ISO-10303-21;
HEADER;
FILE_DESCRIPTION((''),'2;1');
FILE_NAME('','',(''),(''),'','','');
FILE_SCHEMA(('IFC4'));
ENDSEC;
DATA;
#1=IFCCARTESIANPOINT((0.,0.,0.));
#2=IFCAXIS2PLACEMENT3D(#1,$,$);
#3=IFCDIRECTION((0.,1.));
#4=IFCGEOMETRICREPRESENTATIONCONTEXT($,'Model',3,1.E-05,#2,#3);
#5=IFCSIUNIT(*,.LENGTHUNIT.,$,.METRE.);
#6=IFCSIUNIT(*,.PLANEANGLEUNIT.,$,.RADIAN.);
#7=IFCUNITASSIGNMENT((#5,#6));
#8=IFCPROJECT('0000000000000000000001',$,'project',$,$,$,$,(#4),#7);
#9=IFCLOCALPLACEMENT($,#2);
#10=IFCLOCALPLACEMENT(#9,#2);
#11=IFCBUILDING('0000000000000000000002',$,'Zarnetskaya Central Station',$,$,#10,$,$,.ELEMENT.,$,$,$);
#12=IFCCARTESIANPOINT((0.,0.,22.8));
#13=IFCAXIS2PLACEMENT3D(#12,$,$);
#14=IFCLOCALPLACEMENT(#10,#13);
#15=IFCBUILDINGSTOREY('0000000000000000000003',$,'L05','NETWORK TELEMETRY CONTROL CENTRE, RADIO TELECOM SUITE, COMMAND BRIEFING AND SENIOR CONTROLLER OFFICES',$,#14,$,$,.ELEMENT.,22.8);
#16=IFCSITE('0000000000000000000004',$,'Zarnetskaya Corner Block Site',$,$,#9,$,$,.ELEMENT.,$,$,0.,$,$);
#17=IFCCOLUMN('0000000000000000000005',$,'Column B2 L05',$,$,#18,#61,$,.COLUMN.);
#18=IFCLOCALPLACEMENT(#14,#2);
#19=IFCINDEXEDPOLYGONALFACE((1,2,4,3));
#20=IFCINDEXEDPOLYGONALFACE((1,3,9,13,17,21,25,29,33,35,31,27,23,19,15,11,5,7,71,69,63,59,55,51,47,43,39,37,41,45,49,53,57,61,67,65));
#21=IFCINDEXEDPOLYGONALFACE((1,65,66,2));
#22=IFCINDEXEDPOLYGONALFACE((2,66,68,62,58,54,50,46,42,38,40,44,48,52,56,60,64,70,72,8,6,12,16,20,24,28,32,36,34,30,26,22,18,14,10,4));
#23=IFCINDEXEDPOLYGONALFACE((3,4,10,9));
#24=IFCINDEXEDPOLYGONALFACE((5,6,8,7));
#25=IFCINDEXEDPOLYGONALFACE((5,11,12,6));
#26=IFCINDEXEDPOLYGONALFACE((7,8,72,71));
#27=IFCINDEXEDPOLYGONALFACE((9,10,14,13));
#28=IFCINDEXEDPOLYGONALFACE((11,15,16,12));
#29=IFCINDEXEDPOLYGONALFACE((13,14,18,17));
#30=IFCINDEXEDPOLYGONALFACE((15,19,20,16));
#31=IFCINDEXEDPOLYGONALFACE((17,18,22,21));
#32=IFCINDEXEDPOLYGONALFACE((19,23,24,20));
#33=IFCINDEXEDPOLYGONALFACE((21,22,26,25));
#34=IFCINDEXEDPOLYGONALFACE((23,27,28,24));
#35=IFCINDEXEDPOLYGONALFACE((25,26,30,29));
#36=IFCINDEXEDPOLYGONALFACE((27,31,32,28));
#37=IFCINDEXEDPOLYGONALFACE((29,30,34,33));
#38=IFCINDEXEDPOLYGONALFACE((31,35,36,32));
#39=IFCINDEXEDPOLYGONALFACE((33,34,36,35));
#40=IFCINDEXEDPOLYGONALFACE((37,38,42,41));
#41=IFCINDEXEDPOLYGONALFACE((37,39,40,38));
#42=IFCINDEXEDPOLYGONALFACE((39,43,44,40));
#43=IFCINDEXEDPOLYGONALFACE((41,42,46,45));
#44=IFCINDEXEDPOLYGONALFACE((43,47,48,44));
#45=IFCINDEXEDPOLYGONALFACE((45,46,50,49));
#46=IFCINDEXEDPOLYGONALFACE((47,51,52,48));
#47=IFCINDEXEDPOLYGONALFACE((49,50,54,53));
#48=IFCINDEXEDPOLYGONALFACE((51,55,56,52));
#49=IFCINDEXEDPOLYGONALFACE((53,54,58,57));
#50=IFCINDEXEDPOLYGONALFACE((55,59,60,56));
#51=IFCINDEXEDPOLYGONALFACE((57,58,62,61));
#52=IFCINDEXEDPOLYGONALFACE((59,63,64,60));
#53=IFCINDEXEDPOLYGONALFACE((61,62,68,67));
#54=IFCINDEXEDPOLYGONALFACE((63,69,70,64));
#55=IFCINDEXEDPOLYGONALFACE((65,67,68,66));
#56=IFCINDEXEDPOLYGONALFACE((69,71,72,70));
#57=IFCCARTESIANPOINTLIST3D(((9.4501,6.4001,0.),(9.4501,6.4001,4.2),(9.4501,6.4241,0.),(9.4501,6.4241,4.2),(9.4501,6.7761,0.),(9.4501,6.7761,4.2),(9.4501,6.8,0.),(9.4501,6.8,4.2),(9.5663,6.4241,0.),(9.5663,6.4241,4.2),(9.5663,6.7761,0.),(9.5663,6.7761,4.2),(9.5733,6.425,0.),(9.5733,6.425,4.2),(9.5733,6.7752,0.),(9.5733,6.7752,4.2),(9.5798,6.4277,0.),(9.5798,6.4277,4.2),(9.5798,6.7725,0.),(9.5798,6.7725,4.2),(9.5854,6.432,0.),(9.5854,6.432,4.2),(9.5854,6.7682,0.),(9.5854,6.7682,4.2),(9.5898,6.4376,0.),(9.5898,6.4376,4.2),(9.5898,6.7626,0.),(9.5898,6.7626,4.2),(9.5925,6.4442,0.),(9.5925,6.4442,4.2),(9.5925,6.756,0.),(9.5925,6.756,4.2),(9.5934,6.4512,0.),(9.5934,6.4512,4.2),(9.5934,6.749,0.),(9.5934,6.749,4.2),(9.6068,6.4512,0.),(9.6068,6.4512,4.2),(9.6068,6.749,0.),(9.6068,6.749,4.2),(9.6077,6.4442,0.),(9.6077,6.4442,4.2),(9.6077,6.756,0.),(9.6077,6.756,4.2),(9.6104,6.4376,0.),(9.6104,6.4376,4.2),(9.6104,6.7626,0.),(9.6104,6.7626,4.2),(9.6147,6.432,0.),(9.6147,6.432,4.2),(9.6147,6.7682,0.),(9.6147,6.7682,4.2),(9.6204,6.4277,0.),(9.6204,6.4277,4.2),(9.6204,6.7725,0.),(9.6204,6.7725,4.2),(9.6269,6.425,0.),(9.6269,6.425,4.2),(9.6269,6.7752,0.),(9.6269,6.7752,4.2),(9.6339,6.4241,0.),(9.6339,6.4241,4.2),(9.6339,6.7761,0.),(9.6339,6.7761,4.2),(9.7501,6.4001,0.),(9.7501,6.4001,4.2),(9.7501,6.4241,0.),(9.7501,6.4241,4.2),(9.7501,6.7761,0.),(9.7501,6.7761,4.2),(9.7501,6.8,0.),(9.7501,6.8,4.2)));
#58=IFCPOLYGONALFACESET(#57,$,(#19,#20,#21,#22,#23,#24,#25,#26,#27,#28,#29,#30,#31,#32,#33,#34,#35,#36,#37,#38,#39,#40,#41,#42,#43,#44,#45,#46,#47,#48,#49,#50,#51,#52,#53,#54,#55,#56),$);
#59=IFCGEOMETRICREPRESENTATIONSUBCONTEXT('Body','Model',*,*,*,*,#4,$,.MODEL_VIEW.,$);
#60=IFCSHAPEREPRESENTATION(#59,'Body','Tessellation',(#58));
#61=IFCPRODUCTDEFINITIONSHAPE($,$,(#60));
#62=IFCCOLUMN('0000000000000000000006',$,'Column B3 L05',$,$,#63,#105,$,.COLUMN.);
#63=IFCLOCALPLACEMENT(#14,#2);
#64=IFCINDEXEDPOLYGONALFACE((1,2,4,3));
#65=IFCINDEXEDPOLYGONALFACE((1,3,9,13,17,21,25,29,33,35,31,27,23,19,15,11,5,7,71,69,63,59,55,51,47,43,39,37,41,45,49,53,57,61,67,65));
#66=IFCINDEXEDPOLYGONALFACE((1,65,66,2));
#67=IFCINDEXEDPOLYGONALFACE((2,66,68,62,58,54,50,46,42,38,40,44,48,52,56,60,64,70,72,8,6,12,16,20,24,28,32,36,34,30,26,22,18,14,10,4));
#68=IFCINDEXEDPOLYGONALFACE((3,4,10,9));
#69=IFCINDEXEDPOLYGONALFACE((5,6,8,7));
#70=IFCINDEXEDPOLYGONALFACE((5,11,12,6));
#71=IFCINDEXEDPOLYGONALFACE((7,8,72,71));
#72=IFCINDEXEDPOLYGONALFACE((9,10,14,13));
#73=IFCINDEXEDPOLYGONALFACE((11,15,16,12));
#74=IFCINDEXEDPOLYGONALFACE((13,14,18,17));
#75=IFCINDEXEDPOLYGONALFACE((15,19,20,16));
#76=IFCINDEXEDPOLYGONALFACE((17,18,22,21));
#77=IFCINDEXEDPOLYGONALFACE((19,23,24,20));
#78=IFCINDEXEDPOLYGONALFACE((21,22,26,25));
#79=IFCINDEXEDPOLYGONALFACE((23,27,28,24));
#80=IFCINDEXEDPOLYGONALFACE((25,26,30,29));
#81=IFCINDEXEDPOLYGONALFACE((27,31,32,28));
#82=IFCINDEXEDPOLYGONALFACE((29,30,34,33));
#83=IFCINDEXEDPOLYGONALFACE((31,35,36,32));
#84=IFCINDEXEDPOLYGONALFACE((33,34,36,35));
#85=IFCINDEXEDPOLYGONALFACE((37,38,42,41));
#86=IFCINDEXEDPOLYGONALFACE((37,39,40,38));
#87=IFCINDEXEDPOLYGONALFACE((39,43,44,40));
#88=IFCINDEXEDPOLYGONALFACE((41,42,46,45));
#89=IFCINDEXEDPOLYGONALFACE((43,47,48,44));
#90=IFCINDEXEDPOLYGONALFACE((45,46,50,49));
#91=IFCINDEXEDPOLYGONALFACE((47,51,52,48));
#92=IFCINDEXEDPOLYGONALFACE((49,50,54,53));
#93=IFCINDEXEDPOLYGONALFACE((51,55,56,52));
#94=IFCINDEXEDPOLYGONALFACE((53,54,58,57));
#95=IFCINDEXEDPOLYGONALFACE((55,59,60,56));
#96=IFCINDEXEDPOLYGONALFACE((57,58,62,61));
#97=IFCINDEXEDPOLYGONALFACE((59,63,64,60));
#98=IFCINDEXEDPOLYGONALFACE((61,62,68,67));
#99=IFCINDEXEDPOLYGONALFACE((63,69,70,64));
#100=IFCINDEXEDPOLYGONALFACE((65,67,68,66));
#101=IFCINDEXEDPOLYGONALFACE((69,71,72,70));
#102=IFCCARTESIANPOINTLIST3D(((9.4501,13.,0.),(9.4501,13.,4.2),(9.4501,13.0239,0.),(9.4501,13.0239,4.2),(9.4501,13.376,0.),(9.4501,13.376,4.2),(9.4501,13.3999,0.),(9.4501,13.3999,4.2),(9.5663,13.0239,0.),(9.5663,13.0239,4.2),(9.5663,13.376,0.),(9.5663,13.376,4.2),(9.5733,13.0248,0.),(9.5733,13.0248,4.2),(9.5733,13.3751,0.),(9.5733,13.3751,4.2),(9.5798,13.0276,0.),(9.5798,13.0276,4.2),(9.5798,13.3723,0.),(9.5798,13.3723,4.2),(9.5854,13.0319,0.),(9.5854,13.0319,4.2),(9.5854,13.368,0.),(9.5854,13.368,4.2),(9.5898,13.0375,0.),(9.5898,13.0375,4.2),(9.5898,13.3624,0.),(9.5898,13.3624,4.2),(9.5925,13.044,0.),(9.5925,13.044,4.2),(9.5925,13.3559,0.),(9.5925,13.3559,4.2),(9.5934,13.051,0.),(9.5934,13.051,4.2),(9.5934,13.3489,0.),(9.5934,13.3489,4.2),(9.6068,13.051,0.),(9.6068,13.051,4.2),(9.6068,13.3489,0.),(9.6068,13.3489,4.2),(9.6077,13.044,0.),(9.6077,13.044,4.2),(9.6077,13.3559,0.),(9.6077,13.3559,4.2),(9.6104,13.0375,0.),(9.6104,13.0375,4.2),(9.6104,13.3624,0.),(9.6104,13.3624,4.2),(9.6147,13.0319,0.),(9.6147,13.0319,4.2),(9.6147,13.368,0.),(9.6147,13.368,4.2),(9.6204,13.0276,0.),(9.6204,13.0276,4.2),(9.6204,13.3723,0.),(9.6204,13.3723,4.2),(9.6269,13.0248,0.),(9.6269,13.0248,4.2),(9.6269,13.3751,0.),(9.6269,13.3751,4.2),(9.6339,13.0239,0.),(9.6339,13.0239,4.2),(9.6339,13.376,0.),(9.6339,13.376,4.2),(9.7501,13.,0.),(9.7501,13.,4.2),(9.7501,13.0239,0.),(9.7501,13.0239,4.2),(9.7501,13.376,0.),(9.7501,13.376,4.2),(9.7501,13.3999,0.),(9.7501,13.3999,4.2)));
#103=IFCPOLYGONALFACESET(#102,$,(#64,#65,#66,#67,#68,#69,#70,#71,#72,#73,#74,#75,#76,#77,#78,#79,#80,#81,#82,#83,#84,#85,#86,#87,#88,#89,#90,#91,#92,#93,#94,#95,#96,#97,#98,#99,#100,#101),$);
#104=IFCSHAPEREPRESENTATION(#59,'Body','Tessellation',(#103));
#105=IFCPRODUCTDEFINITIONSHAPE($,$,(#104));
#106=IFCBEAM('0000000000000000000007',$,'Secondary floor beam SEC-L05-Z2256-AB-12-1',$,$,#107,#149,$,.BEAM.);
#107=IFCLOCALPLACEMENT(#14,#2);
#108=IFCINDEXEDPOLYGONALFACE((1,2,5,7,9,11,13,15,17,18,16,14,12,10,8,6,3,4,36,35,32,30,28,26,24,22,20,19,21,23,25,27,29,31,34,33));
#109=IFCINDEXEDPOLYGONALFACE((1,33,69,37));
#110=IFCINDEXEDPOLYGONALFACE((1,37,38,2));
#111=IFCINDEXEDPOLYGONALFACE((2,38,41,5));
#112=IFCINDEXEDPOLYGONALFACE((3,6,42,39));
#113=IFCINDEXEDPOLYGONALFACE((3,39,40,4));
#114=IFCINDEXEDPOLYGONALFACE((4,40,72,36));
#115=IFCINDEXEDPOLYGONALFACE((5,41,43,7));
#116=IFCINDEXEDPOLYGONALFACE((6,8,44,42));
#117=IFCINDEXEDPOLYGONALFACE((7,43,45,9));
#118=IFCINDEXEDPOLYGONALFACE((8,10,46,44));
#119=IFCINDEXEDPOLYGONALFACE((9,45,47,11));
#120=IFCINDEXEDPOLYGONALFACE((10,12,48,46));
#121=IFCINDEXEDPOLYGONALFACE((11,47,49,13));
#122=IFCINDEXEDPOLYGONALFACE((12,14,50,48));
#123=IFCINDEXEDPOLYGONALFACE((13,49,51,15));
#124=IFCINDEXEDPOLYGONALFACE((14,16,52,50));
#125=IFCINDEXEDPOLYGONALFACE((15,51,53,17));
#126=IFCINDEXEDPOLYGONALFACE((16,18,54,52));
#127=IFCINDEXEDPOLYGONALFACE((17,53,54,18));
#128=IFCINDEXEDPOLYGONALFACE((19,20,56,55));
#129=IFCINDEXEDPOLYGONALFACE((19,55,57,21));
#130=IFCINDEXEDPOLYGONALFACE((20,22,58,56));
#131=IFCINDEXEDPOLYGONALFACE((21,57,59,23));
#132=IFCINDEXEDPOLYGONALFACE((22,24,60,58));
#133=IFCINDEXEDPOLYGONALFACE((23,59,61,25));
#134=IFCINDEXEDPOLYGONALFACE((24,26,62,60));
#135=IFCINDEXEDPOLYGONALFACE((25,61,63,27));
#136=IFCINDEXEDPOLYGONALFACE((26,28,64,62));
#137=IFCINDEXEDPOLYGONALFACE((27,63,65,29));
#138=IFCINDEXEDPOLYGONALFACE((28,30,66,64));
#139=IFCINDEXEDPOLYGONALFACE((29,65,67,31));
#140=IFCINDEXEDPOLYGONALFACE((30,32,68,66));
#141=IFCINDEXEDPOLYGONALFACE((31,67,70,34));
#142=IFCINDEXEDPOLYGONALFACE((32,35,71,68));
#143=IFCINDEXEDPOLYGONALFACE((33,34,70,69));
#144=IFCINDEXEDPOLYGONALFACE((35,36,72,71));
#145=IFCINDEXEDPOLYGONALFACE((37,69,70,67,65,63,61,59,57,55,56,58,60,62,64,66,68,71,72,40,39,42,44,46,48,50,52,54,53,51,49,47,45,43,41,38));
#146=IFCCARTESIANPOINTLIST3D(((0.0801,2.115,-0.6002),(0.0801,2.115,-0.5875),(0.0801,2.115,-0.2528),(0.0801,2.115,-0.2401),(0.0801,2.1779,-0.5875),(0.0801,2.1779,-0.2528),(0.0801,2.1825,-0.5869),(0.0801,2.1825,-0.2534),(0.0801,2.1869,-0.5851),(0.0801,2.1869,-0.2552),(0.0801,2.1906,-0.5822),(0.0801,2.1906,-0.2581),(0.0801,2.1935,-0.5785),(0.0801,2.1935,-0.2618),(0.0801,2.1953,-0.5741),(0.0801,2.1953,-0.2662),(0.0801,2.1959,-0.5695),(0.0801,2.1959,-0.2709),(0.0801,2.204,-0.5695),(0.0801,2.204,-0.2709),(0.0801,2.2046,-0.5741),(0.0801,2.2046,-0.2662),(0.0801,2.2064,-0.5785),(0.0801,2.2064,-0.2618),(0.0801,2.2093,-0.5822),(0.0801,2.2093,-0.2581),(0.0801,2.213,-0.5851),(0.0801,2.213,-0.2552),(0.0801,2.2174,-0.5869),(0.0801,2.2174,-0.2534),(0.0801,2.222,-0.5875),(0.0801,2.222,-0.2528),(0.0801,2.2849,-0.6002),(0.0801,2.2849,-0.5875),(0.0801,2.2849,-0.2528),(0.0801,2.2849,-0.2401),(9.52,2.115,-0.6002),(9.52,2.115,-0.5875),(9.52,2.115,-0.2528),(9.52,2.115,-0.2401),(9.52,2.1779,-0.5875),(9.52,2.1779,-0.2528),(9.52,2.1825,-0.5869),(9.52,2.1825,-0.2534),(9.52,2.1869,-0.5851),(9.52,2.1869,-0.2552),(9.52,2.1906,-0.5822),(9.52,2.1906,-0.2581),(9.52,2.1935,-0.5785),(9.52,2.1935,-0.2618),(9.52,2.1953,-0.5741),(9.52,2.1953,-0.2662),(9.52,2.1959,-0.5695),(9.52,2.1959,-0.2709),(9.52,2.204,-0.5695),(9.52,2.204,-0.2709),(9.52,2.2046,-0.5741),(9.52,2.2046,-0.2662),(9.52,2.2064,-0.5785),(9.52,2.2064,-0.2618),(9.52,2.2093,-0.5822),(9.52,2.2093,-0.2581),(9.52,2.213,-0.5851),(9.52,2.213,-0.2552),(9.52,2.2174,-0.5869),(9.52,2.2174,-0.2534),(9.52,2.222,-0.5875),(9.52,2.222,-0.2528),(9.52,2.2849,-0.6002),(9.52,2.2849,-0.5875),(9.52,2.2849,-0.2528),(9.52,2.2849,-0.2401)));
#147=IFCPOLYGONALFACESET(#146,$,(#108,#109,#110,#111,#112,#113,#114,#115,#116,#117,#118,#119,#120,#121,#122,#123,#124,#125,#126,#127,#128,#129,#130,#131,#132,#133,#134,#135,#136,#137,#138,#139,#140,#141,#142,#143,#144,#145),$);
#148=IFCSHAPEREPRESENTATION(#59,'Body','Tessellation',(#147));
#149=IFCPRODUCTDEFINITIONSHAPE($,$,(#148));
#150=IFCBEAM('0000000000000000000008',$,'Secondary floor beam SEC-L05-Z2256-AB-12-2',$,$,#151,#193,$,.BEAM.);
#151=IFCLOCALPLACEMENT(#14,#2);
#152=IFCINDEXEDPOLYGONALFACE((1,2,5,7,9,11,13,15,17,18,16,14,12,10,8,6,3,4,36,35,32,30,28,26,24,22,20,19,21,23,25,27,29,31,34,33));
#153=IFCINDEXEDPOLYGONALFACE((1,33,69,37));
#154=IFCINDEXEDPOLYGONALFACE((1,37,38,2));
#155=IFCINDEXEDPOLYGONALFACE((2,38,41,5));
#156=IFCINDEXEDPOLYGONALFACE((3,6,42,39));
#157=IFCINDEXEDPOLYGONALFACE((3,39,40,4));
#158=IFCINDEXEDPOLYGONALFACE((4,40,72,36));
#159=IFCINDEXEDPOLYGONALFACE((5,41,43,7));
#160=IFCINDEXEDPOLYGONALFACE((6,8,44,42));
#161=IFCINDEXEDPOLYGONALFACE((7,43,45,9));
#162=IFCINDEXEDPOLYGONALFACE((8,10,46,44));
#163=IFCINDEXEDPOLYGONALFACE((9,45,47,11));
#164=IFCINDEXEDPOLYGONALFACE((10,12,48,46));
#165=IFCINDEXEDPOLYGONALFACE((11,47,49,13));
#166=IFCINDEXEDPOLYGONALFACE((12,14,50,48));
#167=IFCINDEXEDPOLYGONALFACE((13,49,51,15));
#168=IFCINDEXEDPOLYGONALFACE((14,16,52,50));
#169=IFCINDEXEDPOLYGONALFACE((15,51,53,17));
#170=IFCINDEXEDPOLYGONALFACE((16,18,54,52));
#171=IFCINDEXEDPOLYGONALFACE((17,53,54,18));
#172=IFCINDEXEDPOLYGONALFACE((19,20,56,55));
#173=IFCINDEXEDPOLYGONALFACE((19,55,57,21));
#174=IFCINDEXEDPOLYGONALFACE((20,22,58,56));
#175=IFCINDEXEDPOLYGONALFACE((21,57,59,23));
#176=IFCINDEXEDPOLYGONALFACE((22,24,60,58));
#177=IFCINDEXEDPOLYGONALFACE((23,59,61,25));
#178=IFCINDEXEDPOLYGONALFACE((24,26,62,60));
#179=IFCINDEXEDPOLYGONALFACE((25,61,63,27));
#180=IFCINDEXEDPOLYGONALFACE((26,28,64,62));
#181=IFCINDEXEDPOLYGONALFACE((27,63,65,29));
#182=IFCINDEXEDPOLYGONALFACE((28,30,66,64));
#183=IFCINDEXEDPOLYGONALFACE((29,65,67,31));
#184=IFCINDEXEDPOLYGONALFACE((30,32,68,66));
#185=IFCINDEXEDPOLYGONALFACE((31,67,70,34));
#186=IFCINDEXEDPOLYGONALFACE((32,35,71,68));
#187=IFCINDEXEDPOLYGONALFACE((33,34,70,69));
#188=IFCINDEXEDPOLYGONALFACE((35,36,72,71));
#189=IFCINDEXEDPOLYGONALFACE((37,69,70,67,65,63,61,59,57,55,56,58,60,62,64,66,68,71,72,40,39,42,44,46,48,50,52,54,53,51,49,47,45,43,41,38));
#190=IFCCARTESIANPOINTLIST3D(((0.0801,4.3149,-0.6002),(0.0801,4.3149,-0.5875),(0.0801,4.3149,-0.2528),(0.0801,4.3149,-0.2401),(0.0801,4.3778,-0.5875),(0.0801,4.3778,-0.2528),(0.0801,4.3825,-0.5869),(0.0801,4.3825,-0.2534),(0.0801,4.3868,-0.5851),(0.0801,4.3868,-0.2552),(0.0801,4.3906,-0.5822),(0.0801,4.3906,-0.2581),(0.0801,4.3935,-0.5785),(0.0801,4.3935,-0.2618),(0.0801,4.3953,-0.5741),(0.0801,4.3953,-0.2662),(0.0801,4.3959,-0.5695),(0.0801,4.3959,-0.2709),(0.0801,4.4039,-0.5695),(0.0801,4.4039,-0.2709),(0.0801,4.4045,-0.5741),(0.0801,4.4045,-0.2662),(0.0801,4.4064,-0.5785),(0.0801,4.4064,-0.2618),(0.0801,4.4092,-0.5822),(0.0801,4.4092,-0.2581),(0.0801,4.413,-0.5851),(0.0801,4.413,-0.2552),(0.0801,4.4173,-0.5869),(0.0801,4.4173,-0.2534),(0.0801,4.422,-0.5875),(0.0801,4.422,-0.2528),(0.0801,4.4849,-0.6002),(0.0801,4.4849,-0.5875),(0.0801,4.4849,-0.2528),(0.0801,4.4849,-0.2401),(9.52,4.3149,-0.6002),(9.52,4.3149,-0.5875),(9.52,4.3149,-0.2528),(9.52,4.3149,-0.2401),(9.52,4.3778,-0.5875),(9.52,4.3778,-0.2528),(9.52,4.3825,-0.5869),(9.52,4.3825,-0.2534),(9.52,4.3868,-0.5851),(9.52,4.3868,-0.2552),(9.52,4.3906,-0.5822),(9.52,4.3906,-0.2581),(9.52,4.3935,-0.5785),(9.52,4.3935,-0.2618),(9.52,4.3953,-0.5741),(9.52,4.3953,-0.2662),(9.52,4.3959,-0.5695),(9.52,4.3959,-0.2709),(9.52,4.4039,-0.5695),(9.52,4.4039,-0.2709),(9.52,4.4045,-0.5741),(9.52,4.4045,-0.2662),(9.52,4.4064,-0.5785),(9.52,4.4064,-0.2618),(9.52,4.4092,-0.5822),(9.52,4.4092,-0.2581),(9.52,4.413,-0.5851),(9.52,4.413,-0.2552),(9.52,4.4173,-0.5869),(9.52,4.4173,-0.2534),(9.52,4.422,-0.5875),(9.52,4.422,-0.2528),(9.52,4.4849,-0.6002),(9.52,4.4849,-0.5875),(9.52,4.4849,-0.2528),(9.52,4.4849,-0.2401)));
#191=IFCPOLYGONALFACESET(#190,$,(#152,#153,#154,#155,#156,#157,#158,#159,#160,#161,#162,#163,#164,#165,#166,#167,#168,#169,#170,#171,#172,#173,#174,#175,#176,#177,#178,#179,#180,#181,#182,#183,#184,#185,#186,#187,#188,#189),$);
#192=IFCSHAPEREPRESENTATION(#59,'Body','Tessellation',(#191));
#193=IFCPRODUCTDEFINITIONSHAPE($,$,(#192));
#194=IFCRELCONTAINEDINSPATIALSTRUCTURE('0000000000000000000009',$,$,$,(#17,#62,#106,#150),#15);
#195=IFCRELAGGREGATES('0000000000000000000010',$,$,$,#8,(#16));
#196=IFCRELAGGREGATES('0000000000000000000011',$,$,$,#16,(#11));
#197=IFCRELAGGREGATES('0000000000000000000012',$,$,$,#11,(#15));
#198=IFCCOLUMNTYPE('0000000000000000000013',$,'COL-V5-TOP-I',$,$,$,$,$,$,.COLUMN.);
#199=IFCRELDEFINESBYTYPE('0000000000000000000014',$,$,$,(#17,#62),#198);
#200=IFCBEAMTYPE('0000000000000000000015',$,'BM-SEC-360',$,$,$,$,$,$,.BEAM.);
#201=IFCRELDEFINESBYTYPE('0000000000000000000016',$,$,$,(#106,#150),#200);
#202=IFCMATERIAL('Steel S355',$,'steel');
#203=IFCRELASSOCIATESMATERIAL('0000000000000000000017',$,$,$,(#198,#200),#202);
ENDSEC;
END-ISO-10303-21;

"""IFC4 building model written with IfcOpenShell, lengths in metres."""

from ifc_helpers import new_model, si_unit, direction, frame, origin, origin_2d, place, context, subcontext, project, spatial, i_section, extrude, material, material_profile, profile_set, type_object, element, save


model = new_model("IFC4")

# Units and contexts
model_context = context("Model", 3, precision=1e-05, world=origin(), true_north=direction((0.0, 1.0)))
body_context = subcontext(model_context, "Body", "Model", "MODEL_VIEW")
ifc_project = project(units=[si_unit("LENGTHUNIT", "METRE"), si_unit("PLANEANGLEUNIT", "RADIAN")], contexts=[model_context])

# Site, building, storey
site_placement = place(None, origin())
site = spatial("IfcSite", under=ifc_project, at=site_placement, Name="Zarnetskaya Corner Block Site", CompositionType="ELEMENT", RefElevation=0.0)
building_placement = place(site_placement, origin())
building = spatial("IfcBuilding", under=site, at=building_placement, Name="Zarnetskaya Central Station", CompositionType="ELEMENT")
storey_placement = place(building_placement, frame((0.0, 0.0, 22.8)))
storey = spatial("IfcBuildingStorey", under=building, at=storey_placement, Name="L05", Description="NETWORK TELEMETRY CONTROL CENTRE, RADIO TELECOM SUITE, COMMAND BRIEFING AND SENIOR CONTROLLER OFFICES", CompositionType="ELEMENT", Elevation=22.8)

# Columns
ifc_material_1 = material(Name="Steel S355", Category="steel")
ifc_material_profile_1 = material_profile(ifc_material_1, i_section(OverallWidth=0.3, OverallDepth=0.3999, WebThickness=0.0134, FlangeThickness=0.0239, FilletRadius=0.0271, at=origin_2d()), Name="HEB 400")
ifc_profile_set_1 = profile_set([ifc_material_profile_1], Name="Steel S355")
column_type = type_object("IfcColumnType", Name="COL-V5-TOP-I", PredefinedType="COLUMN", material=ifc_profile_set_1)
for number, where, z_axis, x_axis, name in (
    (1, (9.6001, 6.6001, 0.0), (0.0, 0.0, 1.0), (1.0, 0.0, 0.0), "Column B2 L05"),
    (2, (9.6001, 13.2, 0.0), (0.0, 0.0, 1.0), (1.0, 0.0, 0.0), "Column B3 L05"),
):
    element("IfcColumn", number, at=place(storey_placement, frame(where, z_axis=z_axis, x_axis=x_axis)), inside=storey, type_object=column_type, Name=name, PredefinedType="COLUMN", context=body_context, shape_type="SweptSolid", body=[
        extrude(i_section(OverallWidth=0.3, OverallDepth=0.3999, WebThickness=0.0134, FlangeThickness=0.0239, FilletRadius=0.0271, at=origin_2d()), origin(), (0.0, 0.0, 1.0), 4.2),
    ])

# Beams
ifc_material_profile_2 = material_profile(ifc_material_1, i_section(OverallWidth=0.1699, OverallDepth=0.3601, WebThickness=0.0081, FlangeThickness=0.0127, FilletRadius=0.0181, at=origin_2d()), Name="IPE 360")
ifc_profile_set_2 = profile_set([ifc_material_profile_2], Name="Steel S355")
beam_type_1 = type_object("IfcBeamType", Name="BM-SEC-360", PredefinedType="BEAM", material=ifc_profile_set_2)
for number, where, z_axis, x_axis, name in (
    (3, (0.0801, 2.2, -0.4202), (1.0, 0.0, 0.0), (0.0, 1.0, 0.0), "Secondary floor beam SEC-L05-Z2256-AB-12-1"),
    (4, (0.0801, 4.3999, -0.4202), (1.0, 0.0, 0.0), (0.0, 1.0, 0.0), "Secondary floor beam SEC-L05-Z2256-AB-12-2"),
):
    element("IfcBeam", number, at=place(storey_placement, frame(where, z_axis=z_axis, x_axis=x_axis)), inside=storey, type_object=beam_type_1, Name=name, PredefinedType="BEAM", context=body_context, shape_type="SweptSolid", body=[
        extrude(i_section(OverallWidth=0.1699, OverallDepth=0.3601, WebThickness=0.0081, FlangeThickness=0.0127, FilletRadius=0.0181, at=origin_2d()), origin(), (0.0, 0.0, 1.0), 9.4399),
    ])

save(model, "model.ifc")
